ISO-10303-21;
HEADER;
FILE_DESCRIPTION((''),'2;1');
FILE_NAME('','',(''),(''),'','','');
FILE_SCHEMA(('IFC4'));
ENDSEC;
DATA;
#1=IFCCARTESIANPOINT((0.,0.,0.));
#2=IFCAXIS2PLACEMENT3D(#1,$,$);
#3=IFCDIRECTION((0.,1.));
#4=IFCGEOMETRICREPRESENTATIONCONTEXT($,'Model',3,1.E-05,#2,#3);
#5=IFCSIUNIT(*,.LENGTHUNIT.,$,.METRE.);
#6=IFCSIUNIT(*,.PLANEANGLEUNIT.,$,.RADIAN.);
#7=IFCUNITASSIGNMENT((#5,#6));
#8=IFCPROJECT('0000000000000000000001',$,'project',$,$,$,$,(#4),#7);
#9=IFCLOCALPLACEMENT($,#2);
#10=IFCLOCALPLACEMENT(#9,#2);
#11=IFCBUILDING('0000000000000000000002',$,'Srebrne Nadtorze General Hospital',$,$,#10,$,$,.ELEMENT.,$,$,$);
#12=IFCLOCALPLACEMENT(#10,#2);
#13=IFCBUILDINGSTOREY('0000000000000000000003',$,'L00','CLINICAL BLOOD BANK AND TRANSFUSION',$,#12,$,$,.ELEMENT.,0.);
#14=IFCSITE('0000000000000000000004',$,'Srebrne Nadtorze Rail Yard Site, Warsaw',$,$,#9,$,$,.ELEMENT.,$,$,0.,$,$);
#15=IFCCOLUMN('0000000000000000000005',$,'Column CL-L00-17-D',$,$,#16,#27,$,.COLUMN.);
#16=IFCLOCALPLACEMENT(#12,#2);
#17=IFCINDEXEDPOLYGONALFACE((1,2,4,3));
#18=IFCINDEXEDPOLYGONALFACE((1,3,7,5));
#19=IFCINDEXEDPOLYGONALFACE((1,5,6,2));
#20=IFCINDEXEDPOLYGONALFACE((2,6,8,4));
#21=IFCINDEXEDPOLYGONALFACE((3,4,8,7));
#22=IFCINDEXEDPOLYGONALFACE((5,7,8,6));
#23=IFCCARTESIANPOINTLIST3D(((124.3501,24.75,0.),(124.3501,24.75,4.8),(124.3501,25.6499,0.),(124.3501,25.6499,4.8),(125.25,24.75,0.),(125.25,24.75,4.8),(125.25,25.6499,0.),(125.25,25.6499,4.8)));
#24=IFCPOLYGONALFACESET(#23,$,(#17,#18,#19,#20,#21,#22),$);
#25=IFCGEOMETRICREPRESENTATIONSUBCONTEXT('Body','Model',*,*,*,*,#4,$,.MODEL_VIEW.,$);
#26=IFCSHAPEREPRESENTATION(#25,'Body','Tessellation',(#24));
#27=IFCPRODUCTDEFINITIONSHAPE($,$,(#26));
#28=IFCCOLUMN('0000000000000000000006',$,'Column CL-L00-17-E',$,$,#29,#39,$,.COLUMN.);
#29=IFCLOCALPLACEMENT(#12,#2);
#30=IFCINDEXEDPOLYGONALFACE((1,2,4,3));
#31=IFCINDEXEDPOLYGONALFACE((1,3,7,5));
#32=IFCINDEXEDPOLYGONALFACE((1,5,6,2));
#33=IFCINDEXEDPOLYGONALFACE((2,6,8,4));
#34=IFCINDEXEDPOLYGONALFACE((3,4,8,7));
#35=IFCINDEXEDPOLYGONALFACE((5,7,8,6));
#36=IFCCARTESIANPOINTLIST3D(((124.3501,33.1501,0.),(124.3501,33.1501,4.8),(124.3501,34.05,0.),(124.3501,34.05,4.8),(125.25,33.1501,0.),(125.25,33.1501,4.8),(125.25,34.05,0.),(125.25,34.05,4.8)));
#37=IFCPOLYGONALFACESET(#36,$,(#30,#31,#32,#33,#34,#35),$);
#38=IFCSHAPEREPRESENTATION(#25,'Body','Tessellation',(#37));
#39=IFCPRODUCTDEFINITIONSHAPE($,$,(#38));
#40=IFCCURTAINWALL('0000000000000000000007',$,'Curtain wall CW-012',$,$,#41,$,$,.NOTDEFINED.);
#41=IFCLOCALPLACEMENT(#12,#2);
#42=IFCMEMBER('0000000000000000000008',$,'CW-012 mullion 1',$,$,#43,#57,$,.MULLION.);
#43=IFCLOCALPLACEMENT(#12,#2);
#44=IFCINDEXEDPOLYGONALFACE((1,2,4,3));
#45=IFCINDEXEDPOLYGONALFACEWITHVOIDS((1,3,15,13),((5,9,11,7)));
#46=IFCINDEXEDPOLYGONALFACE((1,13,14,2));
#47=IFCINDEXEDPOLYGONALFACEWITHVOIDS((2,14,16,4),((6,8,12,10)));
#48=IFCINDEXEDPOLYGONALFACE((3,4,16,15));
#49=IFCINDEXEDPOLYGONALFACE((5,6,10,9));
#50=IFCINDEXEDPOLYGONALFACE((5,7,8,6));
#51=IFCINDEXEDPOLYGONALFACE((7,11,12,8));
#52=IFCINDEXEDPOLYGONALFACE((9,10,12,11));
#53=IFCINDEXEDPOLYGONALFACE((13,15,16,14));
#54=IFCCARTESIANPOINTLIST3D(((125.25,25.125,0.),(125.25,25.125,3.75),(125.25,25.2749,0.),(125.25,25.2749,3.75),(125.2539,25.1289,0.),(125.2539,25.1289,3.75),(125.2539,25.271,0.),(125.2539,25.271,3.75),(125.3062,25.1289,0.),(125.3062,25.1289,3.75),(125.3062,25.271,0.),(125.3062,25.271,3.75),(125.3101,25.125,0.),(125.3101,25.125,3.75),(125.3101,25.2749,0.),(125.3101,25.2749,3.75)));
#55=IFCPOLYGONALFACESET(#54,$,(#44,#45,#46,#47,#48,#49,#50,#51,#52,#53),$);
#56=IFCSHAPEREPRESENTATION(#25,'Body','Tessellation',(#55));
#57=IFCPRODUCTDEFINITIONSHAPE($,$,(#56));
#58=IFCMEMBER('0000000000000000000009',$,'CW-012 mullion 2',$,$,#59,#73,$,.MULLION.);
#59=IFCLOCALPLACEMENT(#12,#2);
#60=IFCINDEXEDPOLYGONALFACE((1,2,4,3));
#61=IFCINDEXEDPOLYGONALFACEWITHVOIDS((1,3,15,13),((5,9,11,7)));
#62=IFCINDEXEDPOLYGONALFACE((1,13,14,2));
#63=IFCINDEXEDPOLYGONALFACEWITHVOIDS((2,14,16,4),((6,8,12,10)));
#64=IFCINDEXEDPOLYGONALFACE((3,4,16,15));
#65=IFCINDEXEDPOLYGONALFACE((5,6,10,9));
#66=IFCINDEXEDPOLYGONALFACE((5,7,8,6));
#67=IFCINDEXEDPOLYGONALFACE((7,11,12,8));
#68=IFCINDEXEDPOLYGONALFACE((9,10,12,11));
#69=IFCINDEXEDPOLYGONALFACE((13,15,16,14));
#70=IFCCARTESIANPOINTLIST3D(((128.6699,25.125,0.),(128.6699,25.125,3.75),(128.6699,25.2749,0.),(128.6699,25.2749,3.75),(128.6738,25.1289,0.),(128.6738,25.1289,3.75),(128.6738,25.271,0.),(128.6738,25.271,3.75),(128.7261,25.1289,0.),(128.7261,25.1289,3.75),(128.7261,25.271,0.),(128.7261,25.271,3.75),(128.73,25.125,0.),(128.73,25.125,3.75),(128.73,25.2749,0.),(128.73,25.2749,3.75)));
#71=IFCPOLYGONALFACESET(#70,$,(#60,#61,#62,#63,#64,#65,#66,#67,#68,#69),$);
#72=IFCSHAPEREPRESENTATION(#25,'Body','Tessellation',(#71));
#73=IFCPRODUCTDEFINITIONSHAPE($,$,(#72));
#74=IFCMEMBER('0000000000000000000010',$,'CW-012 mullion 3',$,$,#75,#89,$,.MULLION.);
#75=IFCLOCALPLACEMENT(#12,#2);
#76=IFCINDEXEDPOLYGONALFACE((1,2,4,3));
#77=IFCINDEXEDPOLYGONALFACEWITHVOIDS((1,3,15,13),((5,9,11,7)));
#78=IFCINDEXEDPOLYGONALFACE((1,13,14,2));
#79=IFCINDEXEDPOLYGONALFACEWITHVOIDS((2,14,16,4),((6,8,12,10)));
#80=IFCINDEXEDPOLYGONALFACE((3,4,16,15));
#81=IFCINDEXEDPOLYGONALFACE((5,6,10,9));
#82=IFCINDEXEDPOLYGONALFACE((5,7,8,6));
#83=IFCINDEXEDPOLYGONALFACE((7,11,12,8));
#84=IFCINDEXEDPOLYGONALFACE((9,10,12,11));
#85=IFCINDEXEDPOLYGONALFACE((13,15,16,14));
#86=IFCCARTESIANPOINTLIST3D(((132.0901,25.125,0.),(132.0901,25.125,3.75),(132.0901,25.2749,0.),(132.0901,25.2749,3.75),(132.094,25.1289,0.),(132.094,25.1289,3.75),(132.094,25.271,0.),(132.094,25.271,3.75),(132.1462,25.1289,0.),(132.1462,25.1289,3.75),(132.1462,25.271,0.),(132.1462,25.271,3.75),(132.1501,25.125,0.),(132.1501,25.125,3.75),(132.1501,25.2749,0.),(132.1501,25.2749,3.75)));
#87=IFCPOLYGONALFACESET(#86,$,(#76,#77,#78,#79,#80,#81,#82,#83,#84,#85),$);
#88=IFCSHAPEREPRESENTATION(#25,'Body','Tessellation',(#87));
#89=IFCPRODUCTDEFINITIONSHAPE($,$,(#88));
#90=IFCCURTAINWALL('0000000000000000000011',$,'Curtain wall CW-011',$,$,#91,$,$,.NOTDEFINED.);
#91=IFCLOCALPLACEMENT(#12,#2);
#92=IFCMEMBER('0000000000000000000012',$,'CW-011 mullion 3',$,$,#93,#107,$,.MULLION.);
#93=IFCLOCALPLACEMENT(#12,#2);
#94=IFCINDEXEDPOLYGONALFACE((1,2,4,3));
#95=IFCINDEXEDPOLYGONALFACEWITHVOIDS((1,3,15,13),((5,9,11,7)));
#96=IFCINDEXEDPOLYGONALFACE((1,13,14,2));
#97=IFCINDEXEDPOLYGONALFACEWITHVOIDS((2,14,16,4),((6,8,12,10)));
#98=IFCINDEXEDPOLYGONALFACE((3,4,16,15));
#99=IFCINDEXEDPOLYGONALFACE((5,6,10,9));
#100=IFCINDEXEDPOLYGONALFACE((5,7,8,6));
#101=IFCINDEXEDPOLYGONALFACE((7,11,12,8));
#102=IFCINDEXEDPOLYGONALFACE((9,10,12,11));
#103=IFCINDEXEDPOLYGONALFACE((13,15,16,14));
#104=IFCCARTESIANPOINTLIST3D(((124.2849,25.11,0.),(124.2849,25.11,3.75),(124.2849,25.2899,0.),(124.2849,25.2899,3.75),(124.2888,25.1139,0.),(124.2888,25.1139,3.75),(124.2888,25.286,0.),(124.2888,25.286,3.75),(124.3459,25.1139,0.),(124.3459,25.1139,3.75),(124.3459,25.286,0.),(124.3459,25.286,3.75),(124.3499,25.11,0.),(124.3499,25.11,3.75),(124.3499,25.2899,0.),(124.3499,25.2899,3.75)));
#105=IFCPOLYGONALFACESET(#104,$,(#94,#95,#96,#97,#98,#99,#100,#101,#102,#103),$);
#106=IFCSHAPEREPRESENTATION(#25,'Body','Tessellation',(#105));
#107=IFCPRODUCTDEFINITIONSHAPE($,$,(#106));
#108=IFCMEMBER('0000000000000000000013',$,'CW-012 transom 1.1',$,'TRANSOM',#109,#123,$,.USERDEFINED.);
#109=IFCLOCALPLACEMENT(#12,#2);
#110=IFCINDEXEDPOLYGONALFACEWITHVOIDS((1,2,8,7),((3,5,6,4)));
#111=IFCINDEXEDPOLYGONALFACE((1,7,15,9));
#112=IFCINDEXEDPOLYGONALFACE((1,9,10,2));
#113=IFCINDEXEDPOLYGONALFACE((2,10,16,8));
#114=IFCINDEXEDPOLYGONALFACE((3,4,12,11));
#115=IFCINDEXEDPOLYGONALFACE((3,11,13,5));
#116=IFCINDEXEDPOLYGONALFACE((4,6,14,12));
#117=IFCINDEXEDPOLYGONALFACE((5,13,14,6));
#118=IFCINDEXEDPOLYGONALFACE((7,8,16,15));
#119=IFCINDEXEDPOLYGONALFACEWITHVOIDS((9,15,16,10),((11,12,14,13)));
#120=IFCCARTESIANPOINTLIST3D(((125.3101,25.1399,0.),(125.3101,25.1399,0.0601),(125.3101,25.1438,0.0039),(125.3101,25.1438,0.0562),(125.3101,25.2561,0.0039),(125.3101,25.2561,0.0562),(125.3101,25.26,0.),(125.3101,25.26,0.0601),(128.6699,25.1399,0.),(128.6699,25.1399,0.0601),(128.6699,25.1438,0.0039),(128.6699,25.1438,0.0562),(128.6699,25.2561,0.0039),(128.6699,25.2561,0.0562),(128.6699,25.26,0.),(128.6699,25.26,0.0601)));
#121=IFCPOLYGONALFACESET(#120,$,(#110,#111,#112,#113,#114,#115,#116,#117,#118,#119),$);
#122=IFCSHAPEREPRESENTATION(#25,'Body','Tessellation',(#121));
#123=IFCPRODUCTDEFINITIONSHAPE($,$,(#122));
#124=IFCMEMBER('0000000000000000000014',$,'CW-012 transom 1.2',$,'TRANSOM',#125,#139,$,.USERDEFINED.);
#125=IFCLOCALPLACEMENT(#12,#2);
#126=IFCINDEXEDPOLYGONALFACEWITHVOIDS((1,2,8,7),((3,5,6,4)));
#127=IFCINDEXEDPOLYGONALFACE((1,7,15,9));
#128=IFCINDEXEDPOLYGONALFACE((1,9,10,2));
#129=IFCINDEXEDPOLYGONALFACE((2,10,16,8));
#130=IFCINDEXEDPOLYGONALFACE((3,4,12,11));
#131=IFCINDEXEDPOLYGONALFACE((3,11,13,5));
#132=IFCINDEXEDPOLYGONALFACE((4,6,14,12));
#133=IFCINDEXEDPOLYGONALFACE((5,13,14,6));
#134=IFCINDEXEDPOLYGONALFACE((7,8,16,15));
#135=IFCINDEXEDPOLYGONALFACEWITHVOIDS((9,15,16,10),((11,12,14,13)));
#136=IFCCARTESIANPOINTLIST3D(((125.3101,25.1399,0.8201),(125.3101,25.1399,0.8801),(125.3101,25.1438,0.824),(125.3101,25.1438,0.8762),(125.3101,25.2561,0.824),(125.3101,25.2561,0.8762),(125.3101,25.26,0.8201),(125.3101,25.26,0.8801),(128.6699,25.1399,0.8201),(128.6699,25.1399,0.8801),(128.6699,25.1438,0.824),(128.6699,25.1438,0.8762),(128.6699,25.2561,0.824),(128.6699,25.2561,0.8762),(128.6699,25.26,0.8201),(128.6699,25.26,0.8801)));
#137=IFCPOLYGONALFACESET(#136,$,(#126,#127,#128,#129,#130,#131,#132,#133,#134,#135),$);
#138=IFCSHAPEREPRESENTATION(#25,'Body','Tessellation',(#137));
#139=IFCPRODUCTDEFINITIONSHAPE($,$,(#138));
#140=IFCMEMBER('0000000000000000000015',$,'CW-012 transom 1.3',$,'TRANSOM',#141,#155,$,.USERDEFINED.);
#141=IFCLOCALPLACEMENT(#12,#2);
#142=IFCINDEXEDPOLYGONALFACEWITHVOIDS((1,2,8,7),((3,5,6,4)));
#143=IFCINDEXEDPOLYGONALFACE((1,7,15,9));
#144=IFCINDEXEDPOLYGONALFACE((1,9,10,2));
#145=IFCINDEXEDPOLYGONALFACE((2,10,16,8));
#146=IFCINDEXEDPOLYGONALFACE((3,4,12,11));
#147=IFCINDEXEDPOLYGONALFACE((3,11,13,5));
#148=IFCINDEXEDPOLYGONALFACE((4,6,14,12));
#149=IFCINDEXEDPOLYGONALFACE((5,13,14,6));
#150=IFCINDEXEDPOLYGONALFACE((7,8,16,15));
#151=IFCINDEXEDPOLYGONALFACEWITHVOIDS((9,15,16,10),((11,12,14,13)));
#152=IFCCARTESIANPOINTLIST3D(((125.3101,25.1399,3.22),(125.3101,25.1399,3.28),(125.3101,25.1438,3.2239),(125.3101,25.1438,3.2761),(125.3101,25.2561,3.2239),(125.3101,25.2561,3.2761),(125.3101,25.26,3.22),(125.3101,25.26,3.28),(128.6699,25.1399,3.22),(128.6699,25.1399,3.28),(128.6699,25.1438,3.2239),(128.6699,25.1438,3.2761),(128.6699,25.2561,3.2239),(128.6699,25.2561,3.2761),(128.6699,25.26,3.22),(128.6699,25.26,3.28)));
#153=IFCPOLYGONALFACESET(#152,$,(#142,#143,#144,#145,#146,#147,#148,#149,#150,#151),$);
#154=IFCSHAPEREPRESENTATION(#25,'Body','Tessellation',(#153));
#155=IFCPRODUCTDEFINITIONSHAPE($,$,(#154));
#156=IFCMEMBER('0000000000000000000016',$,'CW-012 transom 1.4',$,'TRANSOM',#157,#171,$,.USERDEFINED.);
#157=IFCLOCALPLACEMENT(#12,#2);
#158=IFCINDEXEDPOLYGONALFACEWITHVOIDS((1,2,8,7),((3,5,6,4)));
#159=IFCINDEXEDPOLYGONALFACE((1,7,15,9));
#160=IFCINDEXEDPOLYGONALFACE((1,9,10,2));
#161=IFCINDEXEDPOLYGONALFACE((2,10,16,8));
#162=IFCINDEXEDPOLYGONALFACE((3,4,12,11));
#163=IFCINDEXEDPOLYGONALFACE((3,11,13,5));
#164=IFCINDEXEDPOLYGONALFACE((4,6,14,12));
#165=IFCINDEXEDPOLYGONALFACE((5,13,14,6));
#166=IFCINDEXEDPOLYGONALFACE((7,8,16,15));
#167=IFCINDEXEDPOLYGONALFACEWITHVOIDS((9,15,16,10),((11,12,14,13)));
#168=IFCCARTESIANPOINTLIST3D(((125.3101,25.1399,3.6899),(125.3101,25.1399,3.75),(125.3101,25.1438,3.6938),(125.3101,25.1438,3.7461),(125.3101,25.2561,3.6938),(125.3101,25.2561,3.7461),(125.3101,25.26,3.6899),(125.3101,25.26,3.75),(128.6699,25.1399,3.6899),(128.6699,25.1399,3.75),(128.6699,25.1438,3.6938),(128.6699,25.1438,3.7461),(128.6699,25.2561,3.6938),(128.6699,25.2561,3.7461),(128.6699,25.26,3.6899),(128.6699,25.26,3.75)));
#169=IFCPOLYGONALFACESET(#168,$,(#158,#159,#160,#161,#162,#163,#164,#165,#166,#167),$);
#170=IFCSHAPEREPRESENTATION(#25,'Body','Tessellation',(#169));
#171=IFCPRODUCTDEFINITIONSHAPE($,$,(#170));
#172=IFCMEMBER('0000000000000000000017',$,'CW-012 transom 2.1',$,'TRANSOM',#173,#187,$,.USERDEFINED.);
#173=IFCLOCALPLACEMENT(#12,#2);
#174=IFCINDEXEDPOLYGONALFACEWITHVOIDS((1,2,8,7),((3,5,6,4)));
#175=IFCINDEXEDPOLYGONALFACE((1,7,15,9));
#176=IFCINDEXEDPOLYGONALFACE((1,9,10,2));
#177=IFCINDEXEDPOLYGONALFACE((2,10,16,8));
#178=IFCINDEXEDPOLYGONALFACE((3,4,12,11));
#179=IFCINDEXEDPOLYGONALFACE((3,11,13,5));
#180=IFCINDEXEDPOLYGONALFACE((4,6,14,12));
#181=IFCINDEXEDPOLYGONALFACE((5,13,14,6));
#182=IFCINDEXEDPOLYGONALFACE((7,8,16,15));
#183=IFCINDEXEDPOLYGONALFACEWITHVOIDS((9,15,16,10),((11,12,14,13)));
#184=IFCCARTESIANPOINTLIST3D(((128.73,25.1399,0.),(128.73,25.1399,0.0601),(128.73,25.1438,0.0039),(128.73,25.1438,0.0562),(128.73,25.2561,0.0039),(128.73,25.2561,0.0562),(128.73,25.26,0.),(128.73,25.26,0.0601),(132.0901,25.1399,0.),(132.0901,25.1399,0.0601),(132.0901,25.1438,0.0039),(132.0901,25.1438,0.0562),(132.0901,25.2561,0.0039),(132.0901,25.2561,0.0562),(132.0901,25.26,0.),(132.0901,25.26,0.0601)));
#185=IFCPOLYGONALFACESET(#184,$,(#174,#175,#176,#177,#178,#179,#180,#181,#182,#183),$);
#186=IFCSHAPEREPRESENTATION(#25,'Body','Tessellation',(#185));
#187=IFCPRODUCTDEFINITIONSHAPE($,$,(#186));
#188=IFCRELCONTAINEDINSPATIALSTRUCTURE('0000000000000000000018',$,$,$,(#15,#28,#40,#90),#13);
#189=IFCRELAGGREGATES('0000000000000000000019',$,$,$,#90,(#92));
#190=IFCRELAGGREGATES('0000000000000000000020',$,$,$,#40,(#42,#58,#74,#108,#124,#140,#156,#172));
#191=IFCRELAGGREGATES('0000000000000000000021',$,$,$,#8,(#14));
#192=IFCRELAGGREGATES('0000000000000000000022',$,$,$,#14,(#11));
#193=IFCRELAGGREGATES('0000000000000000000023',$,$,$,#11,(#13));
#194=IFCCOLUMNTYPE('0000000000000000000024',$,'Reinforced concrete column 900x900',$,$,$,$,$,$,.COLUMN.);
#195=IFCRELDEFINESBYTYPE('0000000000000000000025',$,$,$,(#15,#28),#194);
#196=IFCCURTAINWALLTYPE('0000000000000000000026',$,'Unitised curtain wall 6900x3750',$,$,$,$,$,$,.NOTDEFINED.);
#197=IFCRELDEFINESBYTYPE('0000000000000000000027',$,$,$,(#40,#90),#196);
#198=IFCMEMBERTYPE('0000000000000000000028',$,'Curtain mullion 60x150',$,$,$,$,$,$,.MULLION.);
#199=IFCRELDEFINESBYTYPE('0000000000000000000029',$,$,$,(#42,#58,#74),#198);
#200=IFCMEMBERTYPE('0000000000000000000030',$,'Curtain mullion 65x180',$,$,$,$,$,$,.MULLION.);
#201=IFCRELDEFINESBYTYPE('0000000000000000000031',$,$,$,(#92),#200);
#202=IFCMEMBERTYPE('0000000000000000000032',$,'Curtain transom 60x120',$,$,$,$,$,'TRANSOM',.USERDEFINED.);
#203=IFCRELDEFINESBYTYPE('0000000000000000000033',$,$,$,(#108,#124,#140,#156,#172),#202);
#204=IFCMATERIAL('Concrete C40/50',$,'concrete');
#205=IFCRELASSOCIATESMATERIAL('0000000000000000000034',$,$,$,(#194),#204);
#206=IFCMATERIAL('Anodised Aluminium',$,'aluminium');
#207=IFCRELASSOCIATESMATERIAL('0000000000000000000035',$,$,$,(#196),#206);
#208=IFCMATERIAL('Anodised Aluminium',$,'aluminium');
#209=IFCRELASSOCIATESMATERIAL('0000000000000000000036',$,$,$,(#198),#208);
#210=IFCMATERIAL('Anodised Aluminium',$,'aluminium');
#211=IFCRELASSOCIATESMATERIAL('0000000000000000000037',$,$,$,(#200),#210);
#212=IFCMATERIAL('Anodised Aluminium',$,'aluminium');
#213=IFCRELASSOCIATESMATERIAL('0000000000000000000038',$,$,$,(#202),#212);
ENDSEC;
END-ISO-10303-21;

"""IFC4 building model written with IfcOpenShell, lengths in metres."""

from ifc_helpers import new_model, si_unit, direction, frame, origin, origin_2d, place, context, subcontext, project, spatial, rectangle, hollow_rectangle, extrude, material, material_profile, profile_set, type_object, element, aggregate, save


model = new_model("IFC4")

# Units and contexts
model_context = context("Model", 3, precision=1e-05, world=origin(), true_north=direction((0.0, 1.0)))
body_context = subcontext(model_context, "Body", "Model", "MODEL_VIEW")
ifc_project = project(units=[si_unit("LENGTHUNIT", "METRE"), si_unit("PLANEANGLEUNIT", "RADIAN")], contexts=[model_context])

# Site, building, storey
site_placement = place(None, origin())
site = spatial("IfcSite", under=ifc_project, at=site_placement, Name="Srebrne Nadtorze Rail Yard Site, Warsaw", CompositionType="ELEMENT", RefElevation=0.0)
building_placement = place(site_placement, origin())
building = spatial("IfcBuilding", under=site, at=building_placement, Name="Srebrne Nadtorze General Hospital", CompositionType="ELEMENT")
storey_placement = place(building_placement, origin())
storey = spatial("IfcBuildingStorey", under=building, at=storey_placement, Name="L00", Description="CLINICAL BLOOD BANK AND TRANSFUSION", CompositionType="ELEMENT", Elevation=0.0)

# Columns
ifc_material_1 = material(Name="Concrete C40/50", Category="concrete")
ifc_material_profile_1 = material_profile(ifc_material_1, rectangle(XDim=0.8999, YDim=0.8999, at=origin_2d()), Name="RC-COL-900x900")
ifc_profile_set_1 = profile_set([ifc_material_profile_1], Name="Concrete C40/50")
column_type = type_object("IfcColumnType", Name="Reinforced concrete column 900x900", PredefinedType="COLUMN", material=ifc_profile_set_1)
for number, where, z_axis, x_axis, name in (
    (1, (124.8, 25.2, 0.0), (0.0, 0.0, 1.0), (1.0, 0.0, 0.0), "Column CL-L00-17-D"),
    (2, (124.8, 33.6001, 0.0), (0.0, 0.0, 1.0), (1.0, 0.0, 0.0), "Column CL-L00-17-E"),
):
    element("IfcColumn", number, at=place(storey_placement, frame(where, z_axis=z_axis, x_axis=x_axis)), inside=storey, type_object=column_type, Name=name, PredefinedType="COLUMN", context=body_context, shape_type="SweptSolid", body=[
        extrude(rectangle(XDim=0.8999, YDim=0.8999, at=origin_2d()), origin(), (0.0, 0.0, 1.0), 4.8),
    ])

# Curtain wall, members
ifc_material_2 = material(Name="Anodised Aluminium", Category="aluminium")
curtain_wall_type = type_object("IfcCurtainWallType", Name="Unitised curtain wall 6900x3750", PredefinedType="NOTDEFINED", material=ifc_material_2)
curtain_wall_1_placement = place(storey_placement, origin())
curtain_wall_1 = element("IfcCurtainWall", 3, at=curtain_wall_1_placement, inside=storey, type_object=curtain_wall_type, Name="Curtain wall CW-012", PredefinedType="NOTDEFINED")
ifc_material_3 = material(Name="Anodised Aluminium", Category="aluminium")
ifc_material_profile_2 = material_profile(ifc_material_3, hollow_rectangle(XDim=0.0601, YDim=0.1499, WallThickness=0.0039, at=origin_2d()), Name="AL-MUL-60x150")
ifc_profile_set_2 = profile_set([ifc_material_profile_2], Name="Anodised Aluminium")
member_type_1 = type_object("IfcMemberType", Name="Curtain mullion 60x150", PredefinedType="MULLION", material=ifc_profile_set_2)
member_1_placement = place(storey_placement, frame((125.28, 25.2, 0.0), z_axis=(0.0, 0.0, 1.0), x_axis=(1.0, 0.0, 0.0)))
member_1 = element("IfcMember", 4, at=member_1_placement, type_object=member_type_1, Name="CW-012 mullion 1", PredefinedType="MULLION", context=body_context, shape_type="SweptSolid", body=[
    extrude(hollow_rectangle(XDim=0.0601, YDim=0.1499, WallThickness=0.0039, at=origin_2d()), origin(), (0.0, 0.0, 1.0), 3.75),
])
member_2_placement = place(storey_placement, frame((128.7, 25.2, 0.0), z_axis=(0.0, 0.0, 1.0), x_axis=(1.0, 0.0, 0.0)))
member_2 = element("IfcMember", 5, at=member_2_placement, type_object=member_type_1, Name="CW-012 mullion 2", PredefinedType="MULLION", context=body_context, shape_type="SweptSolid", body=[
    extrude(hollow_rectangle(XDim=0.0601, YDim=0.1499, WallThickness=0.0039, at=origin_2d()), origin(), (0.0, 0.0, 1.0), 3.75),
])
member_3_placement = place(storey_placement, frame((132.1201, 25.2, 0.0), z_axis=(0.0, 0.0, 1.0), x_axis=(1.0, 0.0, 0.0)))
member_3 = element("IfcMember", 6, at=member_3_placement, type_object=member_type_1, Name="CW-012 mullion 3", PredefinedType="MULLION", context=body_context, shape_type="SweptSolid", body=[
    extrude(hollow_rectangle(XDim=0.0601, YDim=0.1499, WallThickness=0.0039, at=origin_2d()), origin(), (0.0, 0.0, 1.0), 3.75),
])

# Curtain wall, member
curtain_wall_2_placement = place(storey_placement, origin())
curtain_wall_2 = element("IfcCurtainWall", 7, at=curtain_wall_2_placement, inside=storey, type_object=curtain_wall_type, Name="Curtain wall CW-011", PredefinedType="NOTDEFINED")
ifc_material_4 = material(Name="Anodised Aluminium", Category="aluminium")
ifc_material_profile_3 = material_profile(ifc_material_4, hollow_rectangle(XDim=0.0649, YDim=0.1799, WallThickness=0.0039, at=origin_2d()), Name="AL-MUL-65x180")
ifc_profile_set_3 = profile_set([ifc_material_profile_3], Name="Anodised Aluminium")
member_type_2 = type_object("IfcMemberType", Name="Curtain mullion 65x180", PredefinedType="MULLION", material=ifc_profile_set_3)
member_4_placement = place(storey_placement, frame((124.3174, 25.2, 0.0), z_axis=(0.0, 0.0, 1.0), x_axis=(1.0, 0.0, 0.0)))
member_4 = element("IfcMember", 8, at=member_4_placement, type_object=member_type_2, Name="CW-011 mullion 3", PredefinedType="MULLION", context=body_context, shape_type="SweptSolid", body=[
    extrude(hollow_rectangle(XDim=0.0649, YDim=0.1799, WallThickness=0.0039, at=origin_2d()), origin(), (0.0, 0.0, 1.0), 3.75),
])
aggregate(curtain_wall_2, [member_4])

# Members
ifc_material_5 = material(Name="Anodised Aluminium", Category="aluminium")
ifc_material_profile_4 = material_profile(ifc_material_5, hollow_rectangle(XDim=0.0601, YDim=0.1201, WallThickness=0.0039, at=origin_2d()), Name="AL-TRN-60x120")
ifc_profile_set_4 = profile_set([ifc_material_profile_4], Name="Anodised Aluminium")
member_type_3 = type_object("IfcMemberType", Name="Curtain transom 60x120", ElementType="TRANSOM", PredefinedType="USERDEFINED", material=ifc_profile_set_4)
member_5_placement = place(storey_placement, frame((125.3101, 25.2, 0.03), z_axis=(1.0, 0.0, 0.0), x_axis=(0.0, 0.0, 1.0)))
member_5 = element("IfcMember", 9, at=member_5_placement, type_object=member_type_3, Name="CW-012 transom 1.1", ObjectType="TRANSOM", PredefinedType="USERDEFINED", context=body_context, shape_type="SweptSolid", body=[
    extrude(hollow_rectangle(XDim=0.0601, YDim=0.1201, WallThickness=0.0039, at=origin_2d()), origin(), (0.0, 0.0, 1.0), 3.3599),
])
member_6_placement = place(storey_placement, frame((125.3101, 25.2, 0.8501), z_axis=(1.0, 0.0, 0.0), x_axis=(0.0, 0.0, 1.0)))
member_6 = element("IfcMember", 10, at=member_6_placement, type_object=member_type_3, Name="CW-012 transom 1.2", ObjectType="TRANSOM", PredefinedType="USERDEFINED", context=body_context, shape_type="SweptSolid", body=[
    extrude(hollow_rectangle(XDim=0.0601, YDim=0.1201, WallThickness=0.0039, at=origin_2d()), origin(), (0.0, 0.0, 1.0), 3.3599),
])
member_7_placement = place(storey_placement, frame((125.3101, 25.2, 3.25), z_axis=(1.0, 0.0, 0.0), x_axis=(0.0, 0.0, 1.0)))
member_7 = element("IfcMember", 11, at=member_7_placement, type_object=member_type_3, Name="CW-012 transom 1.3", ObjectType="TRANSOM", PredefinedType="USERDEFINED", context=body_context, shape_type="SweptSolid", body=[
    extrude(hollow_rectangle(XDim=0.0601, YDim=0.1201, WallThickness=0.0039, at=origin_2d()), origin(), (0.0, 0.0, 1.0), 3.3599),
])
member_8_placement = place(storey_placement, frame((125.3101, 25.2, 3.72), z_axis=(1.0, 0.0, 0.0), x_axis=(0.0, 0.0, 1.0)))
member_8 = element("IfcMember", 12, at=member_8_placement, type_object=member_type_3, Name="CW-012 transom 1.4", ObjectType="TRANSOM", PredefinedType="USERDEFINED", context=body_context, shape_type="SweptSolid", body=[
    extrude(hollow_rectangle(XDim=0.0601, YDim=0.1201, WallThickness=0.0039, at=origin_2d()), origin(), (0.0, 0.0, 1.0), 3.3599),
])
member_9_placement = place(storey_placement, frame((128.73, 25.2, 0.03), z_axis=(1.0, 0.0, 0.0), x_axis=(0.0, 0.0, 1.0)))
member_9 = element("IfcMember", 13, at=member_9_placement, type_object=member_type_3, Name="CW-012 transom 2.1", ObjectType="TRANSOM", PredefinedType="USERDEFINED", context=body_context, shape_type="SweptSolid", body=[
    extrude(hollow_rectangle(XDim=0.0601, YDim=0.1201, WallThickness=0.0039, at=origin_2d()), origin(), (0.0, 0.0, 1.0), 3.3601),
])

aggregate(curtain_wall_1, [member_1, member_2, member_3, member_5, member_6, member_7, member_8, member_9])

save(model, "model.ifc")
